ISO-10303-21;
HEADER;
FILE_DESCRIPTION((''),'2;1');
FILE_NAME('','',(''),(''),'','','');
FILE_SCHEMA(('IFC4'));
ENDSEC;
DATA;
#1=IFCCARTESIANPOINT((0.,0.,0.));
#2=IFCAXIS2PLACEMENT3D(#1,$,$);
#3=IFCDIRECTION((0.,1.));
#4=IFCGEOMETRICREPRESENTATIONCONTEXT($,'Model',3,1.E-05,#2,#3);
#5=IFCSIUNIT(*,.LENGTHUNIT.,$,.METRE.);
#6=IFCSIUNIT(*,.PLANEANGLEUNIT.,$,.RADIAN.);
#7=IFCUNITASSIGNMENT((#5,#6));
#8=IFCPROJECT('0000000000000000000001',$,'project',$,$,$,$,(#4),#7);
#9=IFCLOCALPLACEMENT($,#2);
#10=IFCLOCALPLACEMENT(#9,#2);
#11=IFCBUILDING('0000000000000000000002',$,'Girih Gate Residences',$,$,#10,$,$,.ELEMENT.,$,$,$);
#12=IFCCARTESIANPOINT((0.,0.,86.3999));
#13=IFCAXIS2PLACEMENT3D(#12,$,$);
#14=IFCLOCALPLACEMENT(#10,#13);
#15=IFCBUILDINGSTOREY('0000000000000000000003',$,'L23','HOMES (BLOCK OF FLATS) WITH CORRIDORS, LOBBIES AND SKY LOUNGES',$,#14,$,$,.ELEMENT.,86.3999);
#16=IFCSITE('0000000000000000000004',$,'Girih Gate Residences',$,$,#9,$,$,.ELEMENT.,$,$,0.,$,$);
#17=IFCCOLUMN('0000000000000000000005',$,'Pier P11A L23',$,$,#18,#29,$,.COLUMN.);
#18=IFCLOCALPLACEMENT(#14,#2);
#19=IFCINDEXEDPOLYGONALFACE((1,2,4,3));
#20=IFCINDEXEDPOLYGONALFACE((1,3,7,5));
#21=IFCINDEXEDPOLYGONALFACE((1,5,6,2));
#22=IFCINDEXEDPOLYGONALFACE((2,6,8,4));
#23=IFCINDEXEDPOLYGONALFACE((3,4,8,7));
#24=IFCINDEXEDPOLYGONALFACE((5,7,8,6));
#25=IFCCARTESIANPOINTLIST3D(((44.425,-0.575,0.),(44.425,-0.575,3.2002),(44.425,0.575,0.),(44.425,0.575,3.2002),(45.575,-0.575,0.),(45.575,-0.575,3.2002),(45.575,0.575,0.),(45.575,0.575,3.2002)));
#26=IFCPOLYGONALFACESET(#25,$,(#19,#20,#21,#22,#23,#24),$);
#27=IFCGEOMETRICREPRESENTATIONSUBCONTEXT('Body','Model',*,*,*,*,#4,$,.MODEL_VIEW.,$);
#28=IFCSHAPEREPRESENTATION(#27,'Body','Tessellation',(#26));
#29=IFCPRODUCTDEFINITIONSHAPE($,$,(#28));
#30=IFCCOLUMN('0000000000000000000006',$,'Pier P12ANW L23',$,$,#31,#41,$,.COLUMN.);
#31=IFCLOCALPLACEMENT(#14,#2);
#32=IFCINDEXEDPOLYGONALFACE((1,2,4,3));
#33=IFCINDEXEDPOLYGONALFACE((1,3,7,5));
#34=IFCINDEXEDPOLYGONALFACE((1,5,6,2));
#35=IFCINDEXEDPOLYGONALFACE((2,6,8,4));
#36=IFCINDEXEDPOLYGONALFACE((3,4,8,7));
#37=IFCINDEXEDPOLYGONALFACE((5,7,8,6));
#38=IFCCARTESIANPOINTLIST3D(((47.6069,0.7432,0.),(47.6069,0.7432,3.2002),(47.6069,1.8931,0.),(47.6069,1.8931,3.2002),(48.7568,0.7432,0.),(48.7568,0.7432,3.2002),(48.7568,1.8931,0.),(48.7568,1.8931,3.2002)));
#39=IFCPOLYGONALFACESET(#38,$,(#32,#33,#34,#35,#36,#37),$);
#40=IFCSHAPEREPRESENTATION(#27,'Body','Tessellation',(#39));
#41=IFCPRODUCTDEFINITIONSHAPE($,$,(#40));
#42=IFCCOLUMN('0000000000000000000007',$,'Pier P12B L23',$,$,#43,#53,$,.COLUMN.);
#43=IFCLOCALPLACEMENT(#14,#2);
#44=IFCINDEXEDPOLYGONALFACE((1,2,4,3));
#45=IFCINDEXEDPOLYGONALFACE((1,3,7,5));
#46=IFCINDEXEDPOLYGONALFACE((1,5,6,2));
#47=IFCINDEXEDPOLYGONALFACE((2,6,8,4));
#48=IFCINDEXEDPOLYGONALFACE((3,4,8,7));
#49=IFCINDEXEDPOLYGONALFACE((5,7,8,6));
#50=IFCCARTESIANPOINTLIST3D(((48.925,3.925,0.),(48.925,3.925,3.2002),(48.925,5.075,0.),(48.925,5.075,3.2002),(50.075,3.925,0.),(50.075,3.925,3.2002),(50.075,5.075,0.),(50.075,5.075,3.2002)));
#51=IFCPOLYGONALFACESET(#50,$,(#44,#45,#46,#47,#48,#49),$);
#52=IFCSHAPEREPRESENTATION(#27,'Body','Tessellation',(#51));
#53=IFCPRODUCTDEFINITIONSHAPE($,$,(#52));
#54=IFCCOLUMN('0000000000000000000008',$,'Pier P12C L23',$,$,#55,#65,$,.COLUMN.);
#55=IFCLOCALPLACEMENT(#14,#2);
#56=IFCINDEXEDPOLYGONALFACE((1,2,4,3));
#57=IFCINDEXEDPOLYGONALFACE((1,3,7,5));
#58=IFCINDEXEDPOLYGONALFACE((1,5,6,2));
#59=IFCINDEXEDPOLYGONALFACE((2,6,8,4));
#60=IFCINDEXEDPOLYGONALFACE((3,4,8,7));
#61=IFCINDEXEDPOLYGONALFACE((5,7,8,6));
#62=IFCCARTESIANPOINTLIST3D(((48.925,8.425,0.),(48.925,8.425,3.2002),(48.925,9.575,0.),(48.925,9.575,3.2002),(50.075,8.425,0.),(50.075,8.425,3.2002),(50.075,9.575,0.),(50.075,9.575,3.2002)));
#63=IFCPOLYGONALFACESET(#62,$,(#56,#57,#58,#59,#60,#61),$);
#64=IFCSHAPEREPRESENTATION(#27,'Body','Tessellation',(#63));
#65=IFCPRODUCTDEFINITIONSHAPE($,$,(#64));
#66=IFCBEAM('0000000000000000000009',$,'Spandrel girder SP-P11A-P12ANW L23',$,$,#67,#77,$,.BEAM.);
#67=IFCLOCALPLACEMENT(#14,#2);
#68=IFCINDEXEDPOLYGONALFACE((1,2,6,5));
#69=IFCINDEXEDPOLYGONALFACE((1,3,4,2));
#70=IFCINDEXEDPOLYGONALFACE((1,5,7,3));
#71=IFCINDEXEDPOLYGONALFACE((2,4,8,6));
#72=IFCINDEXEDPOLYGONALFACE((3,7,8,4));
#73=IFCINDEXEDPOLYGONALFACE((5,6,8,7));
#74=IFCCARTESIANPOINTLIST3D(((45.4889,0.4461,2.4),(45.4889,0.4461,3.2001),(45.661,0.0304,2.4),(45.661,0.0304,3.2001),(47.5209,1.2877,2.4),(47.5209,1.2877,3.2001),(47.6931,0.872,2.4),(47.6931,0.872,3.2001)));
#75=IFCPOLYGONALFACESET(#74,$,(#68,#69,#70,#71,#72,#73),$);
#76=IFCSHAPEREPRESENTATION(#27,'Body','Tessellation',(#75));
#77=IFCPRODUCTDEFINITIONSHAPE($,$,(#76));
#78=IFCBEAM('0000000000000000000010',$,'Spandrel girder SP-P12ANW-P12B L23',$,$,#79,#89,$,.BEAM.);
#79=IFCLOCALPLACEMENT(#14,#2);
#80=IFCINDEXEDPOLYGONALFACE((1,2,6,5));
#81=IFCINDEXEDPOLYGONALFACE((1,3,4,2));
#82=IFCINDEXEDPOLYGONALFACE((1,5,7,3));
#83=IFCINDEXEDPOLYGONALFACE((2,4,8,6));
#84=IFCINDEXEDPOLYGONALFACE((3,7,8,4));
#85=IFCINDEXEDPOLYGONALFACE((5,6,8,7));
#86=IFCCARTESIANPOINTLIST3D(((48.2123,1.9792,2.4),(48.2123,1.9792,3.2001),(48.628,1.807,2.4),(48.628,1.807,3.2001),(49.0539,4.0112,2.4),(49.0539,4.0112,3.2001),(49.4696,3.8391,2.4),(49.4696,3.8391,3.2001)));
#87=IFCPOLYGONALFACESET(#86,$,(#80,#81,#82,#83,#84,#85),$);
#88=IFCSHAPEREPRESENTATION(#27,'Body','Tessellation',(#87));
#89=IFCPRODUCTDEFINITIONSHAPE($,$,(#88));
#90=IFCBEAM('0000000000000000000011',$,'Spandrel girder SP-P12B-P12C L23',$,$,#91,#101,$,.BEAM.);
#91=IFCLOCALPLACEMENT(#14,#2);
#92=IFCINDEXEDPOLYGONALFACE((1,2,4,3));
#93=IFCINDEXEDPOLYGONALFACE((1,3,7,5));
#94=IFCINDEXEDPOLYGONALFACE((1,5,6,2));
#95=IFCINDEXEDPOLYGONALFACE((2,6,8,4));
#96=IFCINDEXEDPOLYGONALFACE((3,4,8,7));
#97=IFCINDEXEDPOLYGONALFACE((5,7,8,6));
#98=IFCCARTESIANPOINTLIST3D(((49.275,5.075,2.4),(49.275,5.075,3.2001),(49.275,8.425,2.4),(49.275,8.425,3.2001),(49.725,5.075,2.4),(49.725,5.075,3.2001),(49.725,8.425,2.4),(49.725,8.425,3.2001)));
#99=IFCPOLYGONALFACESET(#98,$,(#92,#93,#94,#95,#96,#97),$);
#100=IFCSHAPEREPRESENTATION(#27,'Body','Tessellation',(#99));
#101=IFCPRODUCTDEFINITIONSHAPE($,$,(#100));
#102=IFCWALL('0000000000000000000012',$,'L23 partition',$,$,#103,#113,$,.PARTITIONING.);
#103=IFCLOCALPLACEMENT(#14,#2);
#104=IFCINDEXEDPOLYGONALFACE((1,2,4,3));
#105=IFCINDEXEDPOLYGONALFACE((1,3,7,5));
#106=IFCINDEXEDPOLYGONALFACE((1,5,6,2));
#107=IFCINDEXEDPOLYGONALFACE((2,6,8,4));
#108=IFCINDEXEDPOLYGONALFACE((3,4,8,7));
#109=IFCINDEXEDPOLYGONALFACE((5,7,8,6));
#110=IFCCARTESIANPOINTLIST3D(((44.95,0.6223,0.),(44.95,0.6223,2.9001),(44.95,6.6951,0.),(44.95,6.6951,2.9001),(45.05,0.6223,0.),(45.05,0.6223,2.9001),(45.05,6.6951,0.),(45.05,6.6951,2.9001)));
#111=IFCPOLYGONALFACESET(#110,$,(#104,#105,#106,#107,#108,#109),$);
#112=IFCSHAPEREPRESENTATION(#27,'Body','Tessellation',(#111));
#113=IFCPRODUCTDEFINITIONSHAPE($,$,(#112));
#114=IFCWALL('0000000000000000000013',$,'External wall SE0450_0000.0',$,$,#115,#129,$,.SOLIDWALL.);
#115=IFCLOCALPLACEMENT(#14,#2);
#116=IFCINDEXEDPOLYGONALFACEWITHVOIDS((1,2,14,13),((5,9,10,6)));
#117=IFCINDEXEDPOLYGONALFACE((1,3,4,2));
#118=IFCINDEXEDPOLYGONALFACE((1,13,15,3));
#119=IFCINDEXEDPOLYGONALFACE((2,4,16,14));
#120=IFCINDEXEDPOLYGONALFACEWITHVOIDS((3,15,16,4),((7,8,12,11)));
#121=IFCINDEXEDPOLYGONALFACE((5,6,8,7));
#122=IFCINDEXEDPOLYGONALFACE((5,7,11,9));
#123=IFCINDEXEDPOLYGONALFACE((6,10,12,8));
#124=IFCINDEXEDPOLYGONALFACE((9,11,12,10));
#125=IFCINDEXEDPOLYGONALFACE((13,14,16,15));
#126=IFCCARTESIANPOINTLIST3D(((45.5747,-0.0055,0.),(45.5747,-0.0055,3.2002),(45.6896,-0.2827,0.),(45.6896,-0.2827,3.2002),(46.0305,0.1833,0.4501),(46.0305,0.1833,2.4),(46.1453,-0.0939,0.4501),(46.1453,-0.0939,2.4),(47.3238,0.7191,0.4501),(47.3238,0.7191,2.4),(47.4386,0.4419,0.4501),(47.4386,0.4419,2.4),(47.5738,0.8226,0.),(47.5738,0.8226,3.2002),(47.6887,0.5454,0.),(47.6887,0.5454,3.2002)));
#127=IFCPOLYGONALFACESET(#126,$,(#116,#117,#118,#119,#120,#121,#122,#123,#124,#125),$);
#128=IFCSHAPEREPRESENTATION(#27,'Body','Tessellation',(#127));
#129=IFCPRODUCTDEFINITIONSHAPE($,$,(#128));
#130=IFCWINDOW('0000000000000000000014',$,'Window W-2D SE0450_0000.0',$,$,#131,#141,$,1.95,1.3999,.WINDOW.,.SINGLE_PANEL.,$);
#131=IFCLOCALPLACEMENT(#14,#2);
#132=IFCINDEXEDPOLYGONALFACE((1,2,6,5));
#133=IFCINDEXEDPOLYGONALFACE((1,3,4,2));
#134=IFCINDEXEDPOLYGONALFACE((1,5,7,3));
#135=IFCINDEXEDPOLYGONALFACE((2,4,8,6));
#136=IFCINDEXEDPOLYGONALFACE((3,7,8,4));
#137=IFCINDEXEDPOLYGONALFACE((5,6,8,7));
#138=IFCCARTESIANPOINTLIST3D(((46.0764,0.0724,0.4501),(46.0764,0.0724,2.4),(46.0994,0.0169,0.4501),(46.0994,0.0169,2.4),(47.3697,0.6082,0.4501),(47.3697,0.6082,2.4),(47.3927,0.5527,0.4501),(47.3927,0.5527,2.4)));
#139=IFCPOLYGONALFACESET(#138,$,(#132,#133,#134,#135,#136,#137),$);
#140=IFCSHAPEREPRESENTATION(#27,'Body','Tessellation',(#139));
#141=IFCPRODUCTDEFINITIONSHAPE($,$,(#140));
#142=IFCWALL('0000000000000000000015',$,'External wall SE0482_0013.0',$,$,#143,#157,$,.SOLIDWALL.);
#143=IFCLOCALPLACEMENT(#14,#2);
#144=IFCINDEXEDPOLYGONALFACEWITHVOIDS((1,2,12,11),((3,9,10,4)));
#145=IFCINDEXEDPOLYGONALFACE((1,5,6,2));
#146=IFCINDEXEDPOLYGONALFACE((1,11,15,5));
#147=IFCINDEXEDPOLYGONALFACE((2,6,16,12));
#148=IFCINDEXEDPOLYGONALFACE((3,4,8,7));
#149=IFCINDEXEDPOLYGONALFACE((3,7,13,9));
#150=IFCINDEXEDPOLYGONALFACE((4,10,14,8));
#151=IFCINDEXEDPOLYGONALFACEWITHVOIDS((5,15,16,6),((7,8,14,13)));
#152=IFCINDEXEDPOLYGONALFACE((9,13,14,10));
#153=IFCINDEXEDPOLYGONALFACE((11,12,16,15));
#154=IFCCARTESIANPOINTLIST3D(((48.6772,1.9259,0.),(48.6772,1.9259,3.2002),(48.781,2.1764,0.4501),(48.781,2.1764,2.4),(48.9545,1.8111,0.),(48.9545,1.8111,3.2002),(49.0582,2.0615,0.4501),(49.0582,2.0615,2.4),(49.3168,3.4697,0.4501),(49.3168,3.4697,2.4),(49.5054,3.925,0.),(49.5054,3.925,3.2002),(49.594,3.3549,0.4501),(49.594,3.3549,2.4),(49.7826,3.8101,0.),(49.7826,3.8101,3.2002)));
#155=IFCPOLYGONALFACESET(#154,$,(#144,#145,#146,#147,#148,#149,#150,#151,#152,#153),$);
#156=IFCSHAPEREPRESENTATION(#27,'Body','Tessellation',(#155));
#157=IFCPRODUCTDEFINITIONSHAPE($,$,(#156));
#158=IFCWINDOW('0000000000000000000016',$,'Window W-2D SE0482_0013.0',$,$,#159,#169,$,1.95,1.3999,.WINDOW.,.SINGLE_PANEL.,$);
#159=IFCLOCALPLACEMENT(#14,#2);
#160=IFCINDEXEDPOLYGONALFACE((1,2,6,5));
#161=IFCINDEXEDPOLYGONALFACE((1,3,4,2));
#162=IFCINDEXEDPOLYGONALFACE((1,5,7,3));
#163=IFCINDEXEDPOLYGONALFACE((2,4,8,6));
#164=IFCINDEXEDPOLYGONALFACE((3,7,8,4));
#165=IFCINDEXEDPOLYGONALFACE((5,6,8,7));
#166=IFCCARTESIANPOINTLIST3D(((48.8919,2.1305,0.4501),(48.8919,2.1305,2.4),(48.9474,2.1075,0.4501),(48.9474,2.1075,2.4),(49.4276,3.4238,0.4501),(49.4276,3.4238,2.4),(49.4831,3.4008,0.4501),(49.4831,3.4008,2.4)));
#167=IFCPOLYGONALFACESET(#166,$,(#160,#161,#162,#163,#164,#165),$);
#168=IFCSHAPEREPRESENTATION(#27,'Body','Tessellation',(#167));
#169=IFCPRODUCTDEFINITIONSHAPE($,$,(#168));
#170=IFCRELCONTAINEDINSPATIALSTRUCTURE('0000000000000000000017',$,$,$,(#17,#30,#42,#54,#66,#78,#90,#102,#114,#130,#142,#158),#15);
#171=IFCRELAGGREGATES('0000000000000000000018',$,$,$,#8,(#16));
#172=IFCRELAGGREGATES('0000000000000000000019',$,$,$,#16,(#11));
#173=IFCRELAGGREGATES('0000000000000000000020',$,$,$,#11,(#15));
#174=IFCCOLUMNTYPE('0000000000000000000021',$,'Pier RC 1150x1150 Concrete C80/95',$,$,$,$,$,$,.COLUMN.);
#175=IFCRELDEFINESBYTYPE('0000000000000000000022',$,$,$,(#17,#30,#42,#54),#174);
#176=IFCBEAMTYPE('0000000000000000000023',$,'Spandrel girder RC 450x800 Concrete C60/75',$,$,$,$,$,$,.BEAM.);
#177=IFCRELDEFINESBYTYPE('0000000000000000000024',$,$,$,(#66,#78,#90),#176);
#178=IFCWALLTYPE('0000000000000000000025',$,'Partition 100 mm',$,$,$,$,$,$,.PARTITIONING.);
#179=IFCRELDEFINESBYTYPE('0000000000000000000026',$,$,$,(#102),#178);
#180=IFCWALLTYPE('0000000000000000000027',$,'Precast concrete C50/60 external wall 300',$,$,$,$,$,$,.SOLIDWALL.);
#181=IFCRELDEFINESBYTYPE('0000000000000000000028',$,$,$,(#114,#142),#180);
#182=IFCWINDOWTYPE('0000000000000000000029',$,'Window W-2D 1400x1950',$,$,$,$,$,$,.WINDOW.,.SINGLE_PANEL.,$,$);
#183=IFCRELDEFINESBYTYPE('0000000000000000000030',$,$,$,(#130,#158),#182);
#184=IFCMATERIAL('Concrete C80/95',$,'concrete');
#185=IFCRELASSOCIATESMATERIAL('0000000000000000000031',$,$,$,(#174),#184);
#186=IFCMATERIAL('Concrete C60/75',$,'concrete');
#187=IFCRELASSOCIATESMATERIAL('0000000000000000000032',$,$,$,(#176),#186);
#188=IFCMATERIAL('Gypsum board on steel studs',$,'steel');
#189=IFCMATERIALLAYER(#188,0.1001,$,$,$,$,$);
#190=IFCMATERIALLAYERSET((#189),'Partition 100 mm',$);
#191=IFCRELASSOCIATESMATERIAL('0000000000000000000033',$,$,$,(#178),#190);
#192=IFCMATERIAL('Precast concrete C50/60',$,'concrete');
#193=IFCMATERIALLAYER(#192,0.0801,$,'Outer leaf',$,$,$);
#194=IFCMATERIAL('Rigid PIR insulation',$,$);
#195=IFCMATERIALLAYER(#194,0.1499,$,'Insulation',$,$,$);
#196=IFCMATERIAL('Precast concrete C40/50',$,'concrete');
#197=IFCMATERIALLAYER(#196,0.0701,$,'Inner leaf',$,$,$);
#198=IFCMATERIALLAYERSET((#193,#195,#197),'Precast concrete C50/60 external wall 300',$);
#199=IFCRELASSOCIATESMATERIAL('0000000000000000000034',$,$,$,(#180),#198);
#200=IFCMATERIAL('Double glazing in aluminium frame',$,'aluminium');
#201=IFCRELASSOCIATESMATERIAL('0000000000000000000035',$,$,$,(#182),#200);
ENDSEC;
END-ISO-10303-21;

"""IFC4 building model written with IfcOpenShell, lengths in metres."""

from ifc_helpers import new_model, si_unit, direction, frame, frame_2d, origin, origin_2d, place, context, subcontext, project, spatial, rectangle, extrude, material, layer, layer_set, material_profile, profile_set, type_object, element, fill, save


model = new_model("IFC4")

# Units and contexts
model_context = context("Model", 3, precision=1e-05, world=origin(), true_north=direction((0.0, 1.0)))
body_context = subcontext(model_context, "Body", "Model", "MODEL_VIEW")
ifc_project = project(units=[si_unit("LENGTHUNIT", "METRE"), si_unit("PLANEANGLEUNIT", "RADIAN")], contexts=[model_context])

# Site, building, storey
site_placement = place(None, origin())
site = spatial("IfcSite", under=ifc_project, at=site_placement, Name="Girih Gate Residences", CompositionType="ELEMENT", RefElevation=0.0)
building_placement = place(site_placement, origin())
building = spatial("IfcBuilding", under=site, at=building_placement, Name="Girih Gate Residences", CompositionType="ELEMENT")
storey_placement = place(building_placement, frame((0.0, 0.0, 86.3999)))
storey = spatial("IfcBuildingStorey", under=building, at=storey_placement, Name="L23", Description="HOMES (BLOCK OF FLATS) WITH CORRIDORS, LOBBIES AND SKY LOUNGES", CompositionType="ELEMENT", Elevation=86.3999)

# Columns
ifc_material_1 = material(Name="Concrete C80/95", Category="concrete")
ifc_material_profile_1 = material_profile(ifc_material_1, rectangle(XDim=1.1499, YDim=1.1499, at=origin_2d()))
ifc_profile_set_1 = profile_set([ifc_material_profile_1], Name="Concrete C80/95")
column_type = type_object("IfcColumnType", Name="Pier RC 1150x1150 Concrete C80/95", PredefinedType="COLUMN", material=ifc_profile_set_1)
for number, where, z_axis, x_axis, name in (
    (1, (45.0, 0.0, 0.0), (0.0, 0.0, 1.0), (1.0, 0.0, 0.0), "Pier P11A L23"),
    (2, (48.1819, 1.3181, 0.0), (0.0, 0.0, 1.0), (1.0, 0.0, 0.0), "Pier P12ANW L23"),
    (3, (49.5, 4.5, 0.0), (0.0, 0.0, 1.0), (1.0, 0.0, 0.0), "Pier P12B L23"),
    (4, (49.5, 9.0, 0.0), (0.0, 0.0, 1.0), (1.0, 0.0, 0.0), "Pier P12C L23"),
):
    element("IfcColumn", number, at=place(storey_placement, frame(where, z_axis=z_axis, x_axis=x_axis)), inside=storey, type_object=column_type, Name=name, PredefinedType="COLUMN", context=body_context, shape_type="SweptSolid", body=[
        extrude(rectangle(XDim=1.1499, YDim=1.1499, at=origin_2d()), origin(), (0.0, 0.0, 1.0), 3.2002),
    ])

# Beams
ifc_material_2 = material(Name="Concrete C60/75", Category="concrete")
ifc_material_profile_2 = material_profile(ifc_material_2, rectangle(XDim=0.45, YDim=0.8, at=origin_2d()))
ifc_profile_set_2 = profile_set([ifc_material_profile_2], Name="Concrete C60/75")
beam_type = type_object("IfcBeamType", Name="Spandrel girder RC 450x800 Concrete C60/75", PredefinedType="BEAM", material=ifc_profile_set_2)
for number, where, z_axis, x_axis, name in (
    (5, (45.575, 0.2383, 2.8), (0.923899, 0.382636, 0.0), (-0.382636, 0.923899, 0.0), "Spandrel girder SP-P11A-P12ANW L23"),
    (6, (48.4202, 1.8931, 2.8), (0.382636, 0.923899, 0.0), (-0.923899, 0.382636, 0.0), "Spandrel girder SP-P12ANW-P12B L23"),
):
    element("IfcBeam", number, at=place(storey_placement, frame(where, z_axis=z_axis, x_axis=x_axis)), inside=storey, type_object=beam_type, Name=name, PredefinedType="BEAM", context=body_context, shape_type="SweptSolid", body=[
        extrude(rectangle(XDim=0.45, YDim=0.8, at=origin_2d()), origin(), (0.0, 0.0, 1.0), 2.1995),
    ])
beam_placement = place(storey_placement, frame((49.5, 5.075, 2.8), z_axis=(0.0, 1.0, 0.0), x_axis=(-1.0, 0.0, 0.0)))
element("IfcBeam", 7, at=beam_placement, inside=storey, type_object=beam_type, Name="Spandrel girder SP-P12B-P12C L23", PredefinedType="BEAM", context=body_context, shape_type="SweptSolid", body=[
    extrude(rectangle(XDim=0.45, YDim=0.8, at=origin_2d()), origin(), (0.0, 0.0, 1.0), 3.3501),
])

# Wall
ifc_material_3 = material(Name="Gypsum board on steel studs", Category="steel")
ifc_layer_1 = layer(ifc_material_3, 0.1001)
ifc_layer_set_1 = layer_set([ifc_layer_1], Name="Partition 100 mm")
wall_type_1 = type_object("IfcWallType", Name="Partition 100 mm", PredefinedType="PARTITIONING", material=ifc_layer_set_1)
wall_1_placement = place(storey_placement, frame((45.0, 0.6223, 0.0), z_axis=(0.0, 0.0, 1.0), x_axis=(0.0, 1.0, 0.0)))
element("IfcWall", 8, at=wall_1_placement, inside=storey, type_object=wall_type_1, Name="L23 partition", PredefinedType="PARTITIONING", context=body_context, shape_type="SweptSolid", body=[
    extrude(rectangle(XDim=6.0728, YDim=0.1001, at=frame_2d((3.0364, 0.0))), origin(), (0.0, 0.0, 1.0), 2.9001),
])

# Walls, openings, windows
ifc_material_4 = material(Name="Precast concrete C50/60", Category="concrete")
ifc_layer_2 = layer(ifc_material_4, 0.0801, Name="Outer leaf")
ifc_material_5 = material(Name="Rigid PIR insulation")
ifc_layer_3 = layer(ifc_material_5, 0.1499, Name="Insulation")
ifc_material_6 = material(Name="Precast concrete C40/50", Category="concrete")
ifc_layer_4 = layer(ifc_material_6, 0.0701, Name="Inner leaf")
ifc_layer_set_2 = layer_set([ifc_layer_2, ifc_layer_3, ifc_layer_4], Name="Precast concrete C50/60 external wall 300")
wall_type_2 = type_object("IfcWallType", Name="Precast concrete C50/60 external wall 300", PredefinedType="SOLIDWALL", material=ifc_layer_set_2)
wall_2_placement = place(storey_placement, frame((47.6313, 0.6841, 0.0), z_axis=(0.0, 0.0, 1.0), x_axis=(-0.923863, -0.382724, 0.0)))
wall_2 = element("IfcWall", 9, at=wall_2_placement, inside=storey, type_object=wall_type_2, Name="External wall SE0450_0000.0", PredefinedType="SOLIDWALL", context=body_context, shape_type="SweptSolid", body=[
    extrude(rectangle(XDim=2.1638, YDim=0.3, at=frame_2d((1.082, 0.0))), origin(), (0.0, 0.0, 1.0), 3.2002),
])
opening_1_placement = place(wall_2_placement, frame((0.2708, 0.0, 0.45)))
opening_1 = element("IfcOpeningElement", 10, at=opening_1_placement, cuts=wall_2, PredefinedType="OPENING", context=body_context, shape_type="SweptSolid", body=[
    extrude(rectangle(XDim=1.3999, YDim=1.95, at=frame_2d((0.7, 0.9751))), frame((0.0, 0.1599, 0.0), z_axis=(0.0, -1.0, 0.0), x_axis=(1.0, 0.0, 0.0)), (0.0, 0.0, 1.0), 0.3201),
])
ifc_material_7 = material(Name="Double glazing in aluminium frame", Category="aluminium")
window_type_1 = type_object("IfcWindowType", Name="Window W-2D 1400x1950", PartitioningType="SINGLE_PANEL", PredefinedType="WINDOW", material=ifc_material_7)
window_1_placement = place(opening_1_placement, origin())
window_1 = element("IfcWindow", 11, at=window_1_placement, inside=storey, type_object=window_type_1, Name="Window W-2D SE0450_0000.0", OverallHeight=1.95, OverallWidth=1.3999, PartitioningType="SINGLE_PANEL", PredefinedType="WINDOW", context=body_context, shape_type="SweptSolid", body=[
    extrude(rectangle(XDim=1.3999, YDim=1.95, at=frame_2d((0.7, 0.9751))), frame((0.0, 0.03, 0.0), z_axis=(0.0, -1.0, 0.0), x_axis=(1.0, 0.0, 0.0)), (0.0, 0.0, 1.0), 0.0601),
])
fill(opening_1, window_1)
wall_3_placement = place(storey_placement, frame((49.644, 3.8677, 0.0), z_axis=(0.0, 0.0, 1.0), x_axis=(-0.382724, -0.923863, 0.0)))
wall_3 = element("IfcWall", 12, at=wall_3_placement, inside=storey, type_object=wall_type_2, Name="External wall SE0482_0013.0", PredefinedType="SOLIDWALL", context=body_context, shape_type="SweptSolid", body=[
    extrude(rectangle(XDim=2.1638, YDim=0.3, at=frame_2d((1.082, 0.0))), origin(), (0.0, 0.0, 1.0), 3.2002),
])
opening_2_placement = place(wall_3_placement, frame((0.4929, 0.0, 0.45)))
opening_2 = element("IfcOpeningElement", 13, at=opening_2_placement, cuts=wall_3, PredefinedType="OPENING", context=body_context, shape_type="SweptSolid", body=[
    extrude(rectangle(XDim=1.3999, YDim=1.95, at=frame_2d((0.7, 0.9751))), frame((0.0, 0.1599, 0.0), z_axis=(0.0, -1.0, 0.0), x_axis=(1.0, 0.0, 0.0)), (0.0, 0.0, 1.0), 0.3201),
])
window_2_placement = place(opening_2_placement, origin())
window_2 = element("IfcWindow", 14, at=window_2_placement, inside=storey, type_object=window_type_1, Name="Window W-2D SE0482_0013.0", OverallHeight=1.95, OverallWidth=1.3999, PartitioningType="SINGLE_PANEL", PredefinedType="WINDOW", context=body_context, shape_type="SweptSolid", body=[
    extrude(rectangle(XDim=1.3999, YDim=1.95, at=frame_2d((0.7, 0.9751))), frame((0.0, 0.03, 0.0), z_axis=(0.0, -1.0, 0.0), x_axis=(1.0, 0.0, 0.0)), (0.0, 0.0, 1.0), 0.0601),
])
fill(opening_2, window_2)

save(model, "model.ifc")
